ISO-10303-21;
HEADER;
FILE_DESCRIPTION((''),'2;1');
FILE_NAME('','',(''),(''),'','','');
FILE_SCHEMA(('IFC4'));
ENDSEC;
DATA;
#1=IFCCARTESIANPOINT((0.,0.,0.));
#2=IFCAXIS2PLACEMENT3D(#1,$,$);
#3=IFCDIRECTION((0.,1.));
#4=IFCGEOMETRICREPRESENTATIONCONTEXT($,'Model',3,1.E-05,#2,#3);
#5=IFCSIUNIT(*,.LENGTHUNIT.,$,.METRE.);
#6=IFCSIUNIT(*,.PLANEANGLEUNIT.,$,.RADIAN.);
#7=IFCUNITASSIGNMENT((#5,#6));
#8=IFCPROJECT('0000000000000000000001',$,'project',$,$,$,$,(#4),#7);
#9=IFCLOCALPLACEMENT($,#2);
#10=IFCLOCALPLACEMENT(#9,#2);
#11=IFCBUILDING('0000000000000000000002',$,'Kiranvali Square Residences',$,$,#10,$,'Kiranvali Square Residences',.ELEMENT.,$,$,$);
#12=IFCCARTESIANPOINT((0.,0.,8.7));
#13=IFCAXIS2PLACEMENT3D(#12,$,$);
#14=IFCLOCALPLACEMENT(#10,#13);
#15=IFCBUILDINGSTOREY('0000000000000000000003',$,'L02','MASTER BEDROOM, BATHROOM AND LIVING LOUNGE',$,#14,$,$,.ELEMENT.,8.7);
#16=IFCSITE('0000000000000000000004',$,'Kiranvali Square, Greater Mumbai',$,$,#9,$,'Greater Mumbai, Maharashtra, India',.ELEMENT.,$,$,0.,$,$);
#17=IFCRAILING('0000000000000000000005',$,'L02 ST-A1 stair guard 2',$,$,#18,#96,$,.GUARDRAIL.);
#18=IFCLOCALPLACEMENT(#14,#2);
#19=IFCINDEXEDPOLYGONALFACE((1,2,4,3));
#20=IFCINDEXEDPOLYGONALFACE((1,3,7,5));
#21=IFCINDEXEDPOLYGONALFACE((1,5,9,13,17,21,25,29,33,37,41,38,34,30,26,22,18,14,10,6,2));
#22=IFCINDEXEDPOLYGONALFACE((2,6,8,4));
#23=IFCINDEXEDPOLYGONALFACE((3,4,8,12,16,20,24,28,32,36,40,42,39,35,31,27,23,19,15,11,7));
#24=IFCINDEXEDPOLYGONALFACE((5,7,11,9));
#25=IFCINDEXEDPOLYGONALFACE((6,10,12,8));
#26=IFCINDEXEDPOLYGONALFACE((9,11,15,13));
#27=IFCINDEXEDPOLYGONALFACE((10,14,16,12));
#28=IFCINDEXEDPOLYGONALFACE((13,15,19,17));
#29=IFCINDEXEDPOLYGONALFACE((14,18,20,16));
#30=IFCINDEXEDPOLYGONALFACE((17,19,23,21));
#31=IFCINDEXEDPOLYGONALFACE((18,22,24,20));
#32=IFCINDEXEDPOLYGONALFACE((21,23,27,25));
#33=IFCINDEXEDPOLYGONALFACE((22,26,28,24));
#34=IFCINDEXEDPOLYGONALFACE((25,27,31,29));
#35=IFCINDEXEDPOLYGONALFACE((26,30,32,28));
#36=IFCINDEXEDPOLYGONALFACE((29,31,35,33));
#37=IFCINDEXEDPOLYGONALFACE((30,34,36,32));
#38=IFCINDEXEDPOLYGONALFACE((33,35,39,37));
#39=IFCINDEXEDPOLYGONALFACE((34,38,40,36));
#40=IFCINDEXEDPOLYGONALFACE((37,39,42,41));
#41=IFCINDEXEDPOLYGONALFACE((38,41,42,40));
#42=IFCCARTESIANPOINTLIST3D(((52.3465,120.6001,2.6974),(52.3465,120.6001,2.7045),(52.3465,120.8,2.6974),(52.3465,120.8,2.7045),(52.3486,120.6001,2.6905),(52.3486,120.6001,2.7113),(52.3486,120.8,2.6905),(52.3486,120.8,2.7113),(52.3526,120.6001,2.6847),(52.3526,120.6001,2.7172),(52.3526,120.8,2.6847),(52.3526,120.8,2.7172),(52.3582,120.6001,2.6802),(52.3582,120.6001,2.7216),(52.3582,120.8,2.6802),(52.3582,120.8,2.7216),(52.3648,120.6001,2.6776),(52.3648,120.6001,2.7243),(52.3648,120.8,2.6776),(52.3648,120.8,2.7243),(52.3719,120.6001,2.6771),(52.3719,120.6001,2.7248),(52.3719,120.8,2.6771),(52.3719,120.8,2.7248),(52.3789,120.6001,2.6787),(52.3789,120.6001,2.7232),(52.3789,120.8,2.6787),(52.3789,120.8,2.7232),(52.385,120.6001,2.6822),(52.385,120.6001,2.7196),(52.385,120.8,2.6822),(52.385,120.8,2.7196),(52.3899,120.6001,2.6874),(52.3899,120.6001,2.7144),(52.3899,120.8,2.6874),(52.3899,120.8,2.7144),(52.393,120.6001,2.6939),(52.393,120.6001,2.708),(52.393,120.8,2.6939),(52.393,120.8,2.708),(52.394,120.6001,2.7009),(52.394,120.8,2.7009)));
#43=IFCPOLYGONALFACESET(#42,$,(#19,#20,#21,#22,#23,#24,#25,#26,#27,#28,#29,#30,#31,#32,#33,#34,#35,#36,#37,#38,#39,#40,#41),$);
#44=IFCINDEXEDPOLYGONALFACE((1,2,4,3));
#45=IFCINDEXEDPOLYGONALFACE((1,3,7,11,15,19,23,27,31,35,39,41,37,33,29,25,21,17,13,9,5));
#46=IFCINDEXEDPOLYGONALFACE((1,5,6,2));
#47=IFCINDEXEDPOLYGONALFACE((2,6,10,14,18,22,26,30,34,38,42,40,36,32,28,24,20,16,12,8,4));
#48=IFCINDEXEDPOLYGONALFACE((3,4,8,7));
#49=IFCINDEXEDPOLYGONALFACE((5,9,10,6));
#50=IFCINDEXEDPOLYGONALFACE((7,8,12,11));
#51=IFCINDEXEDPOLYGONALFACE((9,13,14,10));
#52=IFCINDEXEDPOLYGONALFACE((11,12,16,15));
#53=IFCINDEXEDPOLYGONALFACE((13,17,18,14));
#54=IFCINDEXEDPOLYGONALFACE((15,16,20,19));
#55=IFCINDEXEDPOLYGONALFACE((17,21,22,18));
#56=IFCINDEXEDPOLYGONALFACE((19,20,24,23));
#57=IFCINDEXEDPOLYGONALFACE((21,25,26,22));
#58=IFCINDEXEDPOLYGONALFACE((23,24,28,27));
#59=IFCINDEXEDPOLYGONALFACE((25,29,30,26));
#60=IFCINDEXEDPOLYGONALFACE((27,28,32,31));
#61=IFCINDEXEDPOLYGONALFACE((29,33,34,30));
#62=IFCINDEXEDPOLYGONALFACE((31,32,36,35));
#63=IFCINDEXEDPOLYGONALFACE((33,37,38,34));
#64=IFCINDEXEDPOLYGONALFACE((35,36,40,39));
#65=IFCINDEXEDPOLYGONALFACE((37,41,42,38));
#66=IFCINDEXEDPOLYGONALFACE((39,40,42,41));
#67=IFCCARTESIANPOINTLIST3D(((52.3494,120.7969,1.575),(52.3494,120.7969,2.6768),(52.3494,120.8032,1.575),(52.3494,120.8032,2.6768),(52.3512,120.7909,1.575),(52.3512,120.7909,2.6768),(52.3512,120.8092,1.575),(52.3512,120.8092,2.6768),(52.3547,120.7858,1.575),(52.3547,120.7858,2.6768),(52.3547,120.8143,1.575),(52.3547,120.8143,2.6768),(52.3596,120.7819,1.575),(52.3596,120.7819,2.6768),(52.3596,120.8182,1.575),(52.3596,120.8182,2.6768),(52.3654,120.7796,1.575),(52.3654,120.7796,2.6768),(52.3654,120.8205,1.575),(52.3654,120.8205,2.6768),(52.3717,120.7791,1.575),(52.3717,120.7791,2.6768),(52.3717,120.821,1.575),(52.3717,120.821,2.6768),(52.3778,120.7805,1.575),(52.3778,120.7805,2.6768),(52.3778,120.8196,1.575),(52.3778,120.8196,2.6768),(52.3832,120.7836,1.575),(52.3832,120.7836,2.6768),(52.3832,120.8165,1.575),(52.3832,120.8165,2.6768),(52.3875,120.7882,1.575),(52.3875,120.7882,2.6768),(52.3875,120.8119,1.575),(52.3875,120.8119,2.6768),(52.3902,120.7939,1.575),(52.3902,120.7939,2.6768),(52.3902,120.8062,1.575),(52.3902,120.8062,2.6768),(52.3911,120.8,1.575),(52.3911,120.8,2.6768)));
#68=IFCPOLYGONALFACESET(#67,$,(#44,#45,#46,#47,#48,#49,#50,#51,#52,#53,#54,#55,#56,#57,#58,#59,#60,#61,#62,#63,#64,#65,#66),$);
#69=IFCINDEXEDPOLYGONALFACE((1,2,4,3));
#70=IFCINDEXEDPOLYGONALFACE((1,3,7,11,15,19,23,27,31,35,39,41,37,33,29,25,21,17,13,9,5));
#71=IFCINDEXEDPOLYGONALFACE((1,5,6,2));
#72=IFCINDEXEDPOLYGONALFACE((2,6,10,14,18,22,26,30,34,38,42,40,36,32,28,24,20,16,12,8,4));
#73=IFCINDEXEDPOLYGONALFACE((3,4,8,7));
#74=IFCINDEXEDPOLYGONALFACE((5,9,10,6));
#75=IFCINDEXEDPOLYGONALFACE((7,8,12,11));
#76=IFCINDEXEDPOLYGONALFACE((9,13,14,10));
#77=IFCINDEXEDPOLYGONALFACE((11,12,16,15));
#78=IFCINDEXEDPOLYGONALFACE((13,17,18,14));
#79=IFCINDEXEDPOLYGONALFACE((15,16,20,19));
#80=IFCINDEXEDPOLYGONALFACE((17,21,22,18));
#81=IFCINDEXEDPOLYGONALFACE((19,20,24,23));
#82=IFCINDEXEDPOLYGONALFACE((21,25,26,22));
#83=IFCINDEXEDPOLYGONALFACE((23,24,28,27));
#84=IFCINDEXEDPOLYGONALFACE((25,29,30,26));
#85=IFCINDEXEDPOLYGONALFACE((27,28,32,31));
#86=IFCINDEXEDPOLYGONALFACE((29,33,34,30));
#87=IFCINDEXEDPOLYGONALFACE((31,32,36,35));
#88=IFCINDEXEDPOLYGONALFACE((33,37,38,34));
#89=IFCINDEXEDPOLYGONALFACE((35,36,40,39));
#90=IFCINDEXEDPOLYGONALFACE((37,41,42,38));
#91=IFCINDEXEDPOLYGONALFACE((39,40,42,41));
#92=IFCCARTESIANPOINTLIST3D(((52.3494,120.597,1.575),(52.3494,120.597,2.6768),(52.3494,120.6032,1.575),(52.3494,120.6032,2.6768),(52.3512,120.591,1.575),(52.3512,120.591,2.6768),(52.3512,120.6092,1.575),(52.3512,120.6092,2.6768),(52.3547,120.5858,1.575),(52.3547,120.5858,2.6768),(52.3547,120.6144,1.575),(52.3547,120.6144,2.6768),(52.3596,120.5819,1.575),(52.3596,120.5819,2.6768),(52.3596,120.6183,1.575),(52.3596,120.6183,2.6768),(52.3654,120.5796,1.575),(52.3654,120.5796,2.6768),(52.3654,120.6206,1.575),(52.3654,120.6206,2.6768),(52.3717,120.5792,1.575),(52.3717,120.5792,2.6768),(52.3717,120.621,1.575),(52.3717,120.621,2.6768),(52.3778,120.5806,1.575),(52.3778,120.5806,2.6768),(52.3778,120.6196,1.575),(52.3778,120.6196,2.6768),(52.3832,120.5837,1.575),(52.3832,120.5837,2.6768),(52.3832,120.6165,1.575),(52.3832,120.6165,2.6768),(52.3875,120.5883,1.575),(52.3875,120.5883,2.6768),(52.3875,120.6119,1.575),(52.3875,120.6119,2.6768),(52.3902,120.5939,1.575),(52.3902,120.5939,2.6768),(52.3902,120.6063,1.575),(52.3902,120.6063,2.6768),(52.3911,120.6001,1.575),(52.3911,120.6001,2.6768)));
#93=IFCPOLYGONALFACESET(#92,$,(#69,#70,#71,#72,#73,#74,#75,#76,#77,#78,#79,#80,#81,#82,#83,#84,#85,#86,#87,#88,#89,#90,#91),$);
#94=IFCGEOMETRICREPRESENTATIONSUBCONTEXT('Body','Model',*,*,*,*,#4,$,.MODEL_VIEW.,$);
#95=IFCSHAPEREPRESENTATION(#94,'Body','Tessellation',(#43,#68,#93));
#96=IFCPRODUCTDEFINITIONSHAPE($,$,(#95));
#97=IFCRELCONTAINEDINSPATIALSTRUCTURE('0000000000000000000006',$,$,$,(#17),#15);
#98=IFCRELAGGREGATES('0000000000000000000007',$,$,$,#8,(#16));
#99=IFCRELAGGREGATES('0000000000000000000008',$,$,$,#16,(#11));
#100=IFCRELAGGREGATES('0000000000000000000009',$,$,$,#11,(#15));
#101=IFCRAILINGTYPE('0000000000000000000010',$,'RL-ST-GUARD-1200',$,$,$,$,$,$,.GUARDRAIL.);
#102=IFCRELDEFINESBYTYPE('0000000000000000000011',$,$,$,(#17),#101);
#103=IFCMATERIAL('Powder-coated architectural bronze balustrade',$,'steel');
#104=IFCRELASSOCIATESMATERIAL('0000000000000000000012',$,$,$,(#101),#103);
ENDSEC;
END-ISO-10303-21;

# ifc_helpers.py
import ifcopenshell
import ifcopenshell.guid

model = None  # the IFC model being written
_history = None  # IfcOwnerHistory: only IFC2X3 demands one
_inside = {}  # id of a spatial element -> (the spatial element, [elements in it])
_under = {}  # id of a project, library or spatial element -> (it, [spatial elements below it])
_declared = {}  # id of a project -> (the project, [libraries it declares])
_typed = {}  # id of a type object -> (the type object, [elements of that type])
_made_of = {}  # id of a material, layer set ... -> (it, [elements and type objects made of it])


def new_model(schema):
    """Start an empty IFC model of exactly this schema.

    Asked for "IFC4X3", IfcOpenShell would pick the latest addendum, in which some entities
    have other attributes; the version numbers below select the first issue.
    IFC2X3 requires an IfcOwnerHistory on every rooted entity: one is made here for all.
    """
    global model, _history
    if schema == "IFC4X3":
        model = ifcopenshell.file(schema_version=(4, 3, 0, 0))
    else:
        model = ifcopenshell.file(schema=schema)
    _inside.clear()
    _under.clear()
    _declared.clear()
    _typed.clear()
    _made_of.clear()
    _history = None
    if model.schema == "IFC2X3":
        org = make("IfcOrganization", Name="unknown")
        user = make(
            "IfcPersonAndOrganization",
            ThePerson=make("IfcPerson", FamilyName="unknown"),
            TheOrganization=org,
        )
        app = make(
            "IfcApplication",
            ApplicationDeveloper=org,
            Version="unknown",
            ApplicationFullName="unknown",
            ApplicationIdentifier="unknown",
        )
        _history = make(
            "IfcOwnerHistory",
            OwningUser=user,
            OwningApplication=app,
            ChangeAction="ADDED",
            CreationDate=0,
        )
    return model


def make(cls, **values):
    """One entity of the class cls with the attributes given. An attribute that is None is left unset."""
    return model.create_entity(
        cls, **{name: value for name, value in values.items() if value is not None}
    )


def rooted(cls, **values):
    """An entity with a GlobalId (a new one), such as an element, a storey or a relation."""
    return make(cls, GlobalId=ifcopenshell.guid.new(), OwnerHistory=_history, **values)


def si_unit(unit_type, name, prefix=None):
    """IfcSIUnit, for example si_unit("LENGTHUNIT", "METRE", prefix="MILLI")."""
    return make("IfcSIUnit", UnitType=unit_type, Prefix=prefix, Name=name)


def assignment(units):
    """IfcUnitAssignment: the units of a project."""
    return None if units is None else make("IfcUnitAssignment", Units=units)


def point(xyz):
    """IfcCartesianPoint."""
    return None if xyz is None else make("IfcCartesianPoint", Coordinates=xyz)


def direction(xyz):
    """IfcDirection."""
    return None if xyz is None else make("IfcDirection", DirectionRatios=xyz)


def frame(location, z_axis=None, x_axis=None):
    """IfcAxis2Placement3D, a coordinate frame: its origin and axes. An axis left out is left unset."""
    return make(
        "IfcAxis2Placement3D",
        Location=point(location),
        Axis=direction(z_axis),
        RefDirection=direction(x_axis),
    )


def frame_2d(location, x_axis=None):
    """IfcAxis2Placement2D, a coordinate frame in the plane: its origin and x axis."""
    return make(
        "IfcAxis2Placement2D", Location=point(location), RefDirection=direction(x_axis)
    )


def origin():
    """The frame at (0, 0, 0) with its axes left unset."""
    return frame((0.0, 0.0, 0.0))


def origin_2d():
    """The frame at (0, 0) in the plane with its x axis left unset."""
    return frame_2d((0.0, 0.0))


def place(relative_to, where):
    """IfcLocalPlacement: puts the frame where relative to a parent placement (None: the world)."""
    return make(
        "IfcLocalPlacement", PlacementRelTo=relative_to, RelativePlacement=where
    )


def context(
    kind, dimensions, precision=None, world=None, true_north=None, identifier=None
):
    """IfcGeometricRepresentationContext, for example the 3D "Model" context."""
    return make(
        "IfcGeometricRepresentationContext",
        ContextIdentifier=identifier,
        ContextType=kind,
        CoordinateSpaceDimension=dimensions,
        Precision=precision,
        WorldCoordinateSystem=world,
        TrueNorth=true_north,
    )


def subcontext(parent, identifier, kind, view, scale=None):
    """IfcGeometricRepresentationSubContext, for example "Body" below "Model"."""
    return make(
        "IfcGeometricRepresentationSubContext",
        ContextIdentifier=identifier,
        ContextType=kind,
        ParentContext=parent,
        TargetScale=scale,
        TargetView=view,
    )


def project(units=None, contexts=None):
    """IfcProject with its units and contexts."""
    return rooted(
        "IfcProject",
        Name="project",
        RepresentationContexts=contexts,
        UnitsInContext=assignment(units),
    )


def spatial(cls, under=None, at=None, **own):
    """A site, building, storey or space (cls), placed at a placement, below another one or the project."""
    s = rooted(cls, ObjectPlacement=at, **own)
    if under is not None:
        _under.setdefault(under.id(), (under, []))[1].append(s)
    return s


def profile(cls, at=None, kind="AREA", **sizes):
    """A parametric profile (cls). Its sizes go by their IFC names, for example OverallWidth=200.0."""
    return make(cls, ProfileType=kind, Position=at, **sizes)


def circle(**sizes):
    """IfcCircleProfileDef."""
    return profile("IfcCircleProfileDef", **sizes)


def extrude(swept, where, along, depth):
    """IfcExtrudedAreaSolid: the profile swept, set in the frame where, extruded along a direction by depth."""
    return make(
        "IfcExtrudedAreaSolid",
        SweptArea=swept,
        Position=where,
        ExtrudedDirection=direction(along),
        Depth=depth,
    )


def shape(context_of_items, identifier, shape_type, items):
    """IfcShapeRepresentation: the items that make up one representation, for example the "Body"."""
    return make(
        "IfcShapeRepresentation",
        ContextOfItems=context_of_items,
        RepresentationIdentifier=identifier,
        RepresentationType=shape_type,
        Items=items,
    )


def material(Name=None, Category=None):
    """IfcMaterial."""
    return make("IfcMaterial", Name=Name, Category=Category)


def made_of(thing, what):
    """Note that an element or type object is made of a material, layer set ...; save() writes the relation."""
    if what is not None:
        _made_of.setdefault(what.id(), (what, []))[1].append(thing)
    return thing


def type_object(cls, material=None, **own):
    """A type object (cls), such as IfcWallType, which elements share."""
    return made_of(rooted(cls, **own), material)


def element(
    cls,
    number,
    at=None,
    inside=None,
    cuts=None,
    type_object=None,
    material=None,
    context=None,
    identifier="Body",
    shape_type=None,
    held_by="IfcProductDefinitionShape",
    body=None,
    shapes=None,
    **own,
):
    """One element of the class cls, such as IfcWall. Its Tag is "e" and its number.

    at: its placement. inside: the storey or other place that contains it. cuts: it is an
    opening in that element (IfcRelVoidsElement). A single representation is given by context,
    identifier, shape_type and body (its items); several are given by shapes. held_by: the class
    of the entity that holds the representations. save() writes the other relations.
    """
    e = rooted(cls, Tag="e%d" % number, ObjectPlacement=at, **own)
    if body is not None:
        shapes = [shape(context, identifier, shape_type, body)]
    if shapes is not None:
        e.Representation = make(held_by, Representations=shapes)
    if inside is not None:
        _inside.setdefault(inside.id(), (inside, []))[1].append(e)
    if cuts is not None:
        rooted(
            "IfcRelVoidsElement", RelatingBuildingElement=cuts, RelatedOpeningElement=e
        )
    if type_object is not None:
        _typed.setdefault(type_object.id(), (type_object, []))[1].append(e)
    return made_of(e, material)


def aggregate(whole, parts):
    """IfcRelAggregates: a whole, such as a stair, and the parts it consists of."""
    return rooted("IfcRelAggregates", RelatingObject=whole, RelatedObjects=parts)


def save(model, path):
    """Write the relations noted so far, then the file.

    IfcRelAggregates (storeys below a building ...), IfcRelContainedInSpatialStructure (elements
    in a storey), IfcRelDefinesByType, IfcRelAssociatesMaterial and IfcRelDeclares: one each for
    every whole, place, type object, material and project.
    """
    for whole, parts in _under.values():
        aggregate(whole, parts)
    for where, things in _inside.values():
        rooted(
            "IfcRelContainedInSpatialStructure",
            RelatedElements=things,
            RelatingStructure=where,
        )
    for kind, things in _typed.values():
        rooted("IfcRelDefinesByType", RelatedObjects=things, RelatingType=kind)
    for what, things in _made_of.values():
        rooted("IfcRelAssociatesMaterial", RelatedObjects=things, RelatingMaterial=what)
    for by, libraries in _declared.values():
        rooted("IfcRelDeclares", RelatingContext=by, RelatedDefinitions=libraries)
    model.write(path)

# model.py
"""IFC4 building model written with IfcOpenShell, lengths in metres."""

from ifc_helpers import new_model, si_unit, direction, frame, origin, origin_2d, place, context, subcontext, project, spatial, circle, extrude, material, type_object, element, save


model = new_model("IFC4")

# Units and contexts
model_context = context("Model", 3, precision=1e-05, world=origin(), true_north=direction((0.0, 1.0)))
body_context = subcontext(model_context, "Body", "Model", "MODEL_VIEW")
ifc_project = project(units=[si_unit("LENGTHUNIT", "METRE"), si_unit("PLANEANGLEUNIT", "RADIAN")], contexts=[model_context])

# Site, building, storey
site_placement = place(None, origin())
site = spatial("IfcSite", under=ifc_project, at=site_placement, Name="Kiranvali Square, Greater Mumbai", LongName="Greater Mumbai, Maharashtra, India", CompositionType="ELEMENT", RefElevation=0.0)
building_placement = place(site_placement, origin())
building = spatial("IfcBuilding", under=site, at=building_placement, Name="Kiranvali Square Residences", LongName="Kiranvali Square Residences", CompositionType="ELEMENT")
storey_placement = place(building_placement, frame((0.0, 0.0, 8.7)))
storey = spatial("IfcBuildingStorey", under=building, at=storey_placement, Name="L02", Description="MASTER BEDROOM, BATHROOM AND LIVING LOUNGE", CompositionType="ELEMENT", Elevation=8.7)

# Railing
ifc_material_1 = material(Name="Powder-coated architectural bronze balustrade", Category="steel")
railing_type_1 = type_object("IfcRailingType", Name="RL-ST-GUARD-1200", PredefinedType="GUARDRAIL", material=ifc_material_1)
railing_1_placement = place(storey_placement, frame((52.3701, 120.8, 1.575)))
element("IfcRailing", 1, at=railing_1_placement, inside=storey, type_object=railing_type_1, Name="L02 ST-A1 stair guard 2", PredefinedType="GUARDRAIL", context=body_context, shape_type="SweptSolid", body=[
    extrude(circle(Radius=0.0239, at=origin_2d()), frame((0.0, 0.0, 1.126), z_axis=(0.0, -1.0, 0.0), x_axis=(1.0, 0.0, 0.0)), (0.0, 0.0, 1.0), 0.2),
    extrude(circle(Radius=0.021, at=origin_2d()), origin(), (0.0, 0.0, 1.0), 1.1018),
    extrude(circle(Radius=0.021, at=origin_2d()), frame((0.0, -0.2, 0.0)), (0.0, 0.0, 1.0), 1.1018),
])

save(model, "model.ifc")
